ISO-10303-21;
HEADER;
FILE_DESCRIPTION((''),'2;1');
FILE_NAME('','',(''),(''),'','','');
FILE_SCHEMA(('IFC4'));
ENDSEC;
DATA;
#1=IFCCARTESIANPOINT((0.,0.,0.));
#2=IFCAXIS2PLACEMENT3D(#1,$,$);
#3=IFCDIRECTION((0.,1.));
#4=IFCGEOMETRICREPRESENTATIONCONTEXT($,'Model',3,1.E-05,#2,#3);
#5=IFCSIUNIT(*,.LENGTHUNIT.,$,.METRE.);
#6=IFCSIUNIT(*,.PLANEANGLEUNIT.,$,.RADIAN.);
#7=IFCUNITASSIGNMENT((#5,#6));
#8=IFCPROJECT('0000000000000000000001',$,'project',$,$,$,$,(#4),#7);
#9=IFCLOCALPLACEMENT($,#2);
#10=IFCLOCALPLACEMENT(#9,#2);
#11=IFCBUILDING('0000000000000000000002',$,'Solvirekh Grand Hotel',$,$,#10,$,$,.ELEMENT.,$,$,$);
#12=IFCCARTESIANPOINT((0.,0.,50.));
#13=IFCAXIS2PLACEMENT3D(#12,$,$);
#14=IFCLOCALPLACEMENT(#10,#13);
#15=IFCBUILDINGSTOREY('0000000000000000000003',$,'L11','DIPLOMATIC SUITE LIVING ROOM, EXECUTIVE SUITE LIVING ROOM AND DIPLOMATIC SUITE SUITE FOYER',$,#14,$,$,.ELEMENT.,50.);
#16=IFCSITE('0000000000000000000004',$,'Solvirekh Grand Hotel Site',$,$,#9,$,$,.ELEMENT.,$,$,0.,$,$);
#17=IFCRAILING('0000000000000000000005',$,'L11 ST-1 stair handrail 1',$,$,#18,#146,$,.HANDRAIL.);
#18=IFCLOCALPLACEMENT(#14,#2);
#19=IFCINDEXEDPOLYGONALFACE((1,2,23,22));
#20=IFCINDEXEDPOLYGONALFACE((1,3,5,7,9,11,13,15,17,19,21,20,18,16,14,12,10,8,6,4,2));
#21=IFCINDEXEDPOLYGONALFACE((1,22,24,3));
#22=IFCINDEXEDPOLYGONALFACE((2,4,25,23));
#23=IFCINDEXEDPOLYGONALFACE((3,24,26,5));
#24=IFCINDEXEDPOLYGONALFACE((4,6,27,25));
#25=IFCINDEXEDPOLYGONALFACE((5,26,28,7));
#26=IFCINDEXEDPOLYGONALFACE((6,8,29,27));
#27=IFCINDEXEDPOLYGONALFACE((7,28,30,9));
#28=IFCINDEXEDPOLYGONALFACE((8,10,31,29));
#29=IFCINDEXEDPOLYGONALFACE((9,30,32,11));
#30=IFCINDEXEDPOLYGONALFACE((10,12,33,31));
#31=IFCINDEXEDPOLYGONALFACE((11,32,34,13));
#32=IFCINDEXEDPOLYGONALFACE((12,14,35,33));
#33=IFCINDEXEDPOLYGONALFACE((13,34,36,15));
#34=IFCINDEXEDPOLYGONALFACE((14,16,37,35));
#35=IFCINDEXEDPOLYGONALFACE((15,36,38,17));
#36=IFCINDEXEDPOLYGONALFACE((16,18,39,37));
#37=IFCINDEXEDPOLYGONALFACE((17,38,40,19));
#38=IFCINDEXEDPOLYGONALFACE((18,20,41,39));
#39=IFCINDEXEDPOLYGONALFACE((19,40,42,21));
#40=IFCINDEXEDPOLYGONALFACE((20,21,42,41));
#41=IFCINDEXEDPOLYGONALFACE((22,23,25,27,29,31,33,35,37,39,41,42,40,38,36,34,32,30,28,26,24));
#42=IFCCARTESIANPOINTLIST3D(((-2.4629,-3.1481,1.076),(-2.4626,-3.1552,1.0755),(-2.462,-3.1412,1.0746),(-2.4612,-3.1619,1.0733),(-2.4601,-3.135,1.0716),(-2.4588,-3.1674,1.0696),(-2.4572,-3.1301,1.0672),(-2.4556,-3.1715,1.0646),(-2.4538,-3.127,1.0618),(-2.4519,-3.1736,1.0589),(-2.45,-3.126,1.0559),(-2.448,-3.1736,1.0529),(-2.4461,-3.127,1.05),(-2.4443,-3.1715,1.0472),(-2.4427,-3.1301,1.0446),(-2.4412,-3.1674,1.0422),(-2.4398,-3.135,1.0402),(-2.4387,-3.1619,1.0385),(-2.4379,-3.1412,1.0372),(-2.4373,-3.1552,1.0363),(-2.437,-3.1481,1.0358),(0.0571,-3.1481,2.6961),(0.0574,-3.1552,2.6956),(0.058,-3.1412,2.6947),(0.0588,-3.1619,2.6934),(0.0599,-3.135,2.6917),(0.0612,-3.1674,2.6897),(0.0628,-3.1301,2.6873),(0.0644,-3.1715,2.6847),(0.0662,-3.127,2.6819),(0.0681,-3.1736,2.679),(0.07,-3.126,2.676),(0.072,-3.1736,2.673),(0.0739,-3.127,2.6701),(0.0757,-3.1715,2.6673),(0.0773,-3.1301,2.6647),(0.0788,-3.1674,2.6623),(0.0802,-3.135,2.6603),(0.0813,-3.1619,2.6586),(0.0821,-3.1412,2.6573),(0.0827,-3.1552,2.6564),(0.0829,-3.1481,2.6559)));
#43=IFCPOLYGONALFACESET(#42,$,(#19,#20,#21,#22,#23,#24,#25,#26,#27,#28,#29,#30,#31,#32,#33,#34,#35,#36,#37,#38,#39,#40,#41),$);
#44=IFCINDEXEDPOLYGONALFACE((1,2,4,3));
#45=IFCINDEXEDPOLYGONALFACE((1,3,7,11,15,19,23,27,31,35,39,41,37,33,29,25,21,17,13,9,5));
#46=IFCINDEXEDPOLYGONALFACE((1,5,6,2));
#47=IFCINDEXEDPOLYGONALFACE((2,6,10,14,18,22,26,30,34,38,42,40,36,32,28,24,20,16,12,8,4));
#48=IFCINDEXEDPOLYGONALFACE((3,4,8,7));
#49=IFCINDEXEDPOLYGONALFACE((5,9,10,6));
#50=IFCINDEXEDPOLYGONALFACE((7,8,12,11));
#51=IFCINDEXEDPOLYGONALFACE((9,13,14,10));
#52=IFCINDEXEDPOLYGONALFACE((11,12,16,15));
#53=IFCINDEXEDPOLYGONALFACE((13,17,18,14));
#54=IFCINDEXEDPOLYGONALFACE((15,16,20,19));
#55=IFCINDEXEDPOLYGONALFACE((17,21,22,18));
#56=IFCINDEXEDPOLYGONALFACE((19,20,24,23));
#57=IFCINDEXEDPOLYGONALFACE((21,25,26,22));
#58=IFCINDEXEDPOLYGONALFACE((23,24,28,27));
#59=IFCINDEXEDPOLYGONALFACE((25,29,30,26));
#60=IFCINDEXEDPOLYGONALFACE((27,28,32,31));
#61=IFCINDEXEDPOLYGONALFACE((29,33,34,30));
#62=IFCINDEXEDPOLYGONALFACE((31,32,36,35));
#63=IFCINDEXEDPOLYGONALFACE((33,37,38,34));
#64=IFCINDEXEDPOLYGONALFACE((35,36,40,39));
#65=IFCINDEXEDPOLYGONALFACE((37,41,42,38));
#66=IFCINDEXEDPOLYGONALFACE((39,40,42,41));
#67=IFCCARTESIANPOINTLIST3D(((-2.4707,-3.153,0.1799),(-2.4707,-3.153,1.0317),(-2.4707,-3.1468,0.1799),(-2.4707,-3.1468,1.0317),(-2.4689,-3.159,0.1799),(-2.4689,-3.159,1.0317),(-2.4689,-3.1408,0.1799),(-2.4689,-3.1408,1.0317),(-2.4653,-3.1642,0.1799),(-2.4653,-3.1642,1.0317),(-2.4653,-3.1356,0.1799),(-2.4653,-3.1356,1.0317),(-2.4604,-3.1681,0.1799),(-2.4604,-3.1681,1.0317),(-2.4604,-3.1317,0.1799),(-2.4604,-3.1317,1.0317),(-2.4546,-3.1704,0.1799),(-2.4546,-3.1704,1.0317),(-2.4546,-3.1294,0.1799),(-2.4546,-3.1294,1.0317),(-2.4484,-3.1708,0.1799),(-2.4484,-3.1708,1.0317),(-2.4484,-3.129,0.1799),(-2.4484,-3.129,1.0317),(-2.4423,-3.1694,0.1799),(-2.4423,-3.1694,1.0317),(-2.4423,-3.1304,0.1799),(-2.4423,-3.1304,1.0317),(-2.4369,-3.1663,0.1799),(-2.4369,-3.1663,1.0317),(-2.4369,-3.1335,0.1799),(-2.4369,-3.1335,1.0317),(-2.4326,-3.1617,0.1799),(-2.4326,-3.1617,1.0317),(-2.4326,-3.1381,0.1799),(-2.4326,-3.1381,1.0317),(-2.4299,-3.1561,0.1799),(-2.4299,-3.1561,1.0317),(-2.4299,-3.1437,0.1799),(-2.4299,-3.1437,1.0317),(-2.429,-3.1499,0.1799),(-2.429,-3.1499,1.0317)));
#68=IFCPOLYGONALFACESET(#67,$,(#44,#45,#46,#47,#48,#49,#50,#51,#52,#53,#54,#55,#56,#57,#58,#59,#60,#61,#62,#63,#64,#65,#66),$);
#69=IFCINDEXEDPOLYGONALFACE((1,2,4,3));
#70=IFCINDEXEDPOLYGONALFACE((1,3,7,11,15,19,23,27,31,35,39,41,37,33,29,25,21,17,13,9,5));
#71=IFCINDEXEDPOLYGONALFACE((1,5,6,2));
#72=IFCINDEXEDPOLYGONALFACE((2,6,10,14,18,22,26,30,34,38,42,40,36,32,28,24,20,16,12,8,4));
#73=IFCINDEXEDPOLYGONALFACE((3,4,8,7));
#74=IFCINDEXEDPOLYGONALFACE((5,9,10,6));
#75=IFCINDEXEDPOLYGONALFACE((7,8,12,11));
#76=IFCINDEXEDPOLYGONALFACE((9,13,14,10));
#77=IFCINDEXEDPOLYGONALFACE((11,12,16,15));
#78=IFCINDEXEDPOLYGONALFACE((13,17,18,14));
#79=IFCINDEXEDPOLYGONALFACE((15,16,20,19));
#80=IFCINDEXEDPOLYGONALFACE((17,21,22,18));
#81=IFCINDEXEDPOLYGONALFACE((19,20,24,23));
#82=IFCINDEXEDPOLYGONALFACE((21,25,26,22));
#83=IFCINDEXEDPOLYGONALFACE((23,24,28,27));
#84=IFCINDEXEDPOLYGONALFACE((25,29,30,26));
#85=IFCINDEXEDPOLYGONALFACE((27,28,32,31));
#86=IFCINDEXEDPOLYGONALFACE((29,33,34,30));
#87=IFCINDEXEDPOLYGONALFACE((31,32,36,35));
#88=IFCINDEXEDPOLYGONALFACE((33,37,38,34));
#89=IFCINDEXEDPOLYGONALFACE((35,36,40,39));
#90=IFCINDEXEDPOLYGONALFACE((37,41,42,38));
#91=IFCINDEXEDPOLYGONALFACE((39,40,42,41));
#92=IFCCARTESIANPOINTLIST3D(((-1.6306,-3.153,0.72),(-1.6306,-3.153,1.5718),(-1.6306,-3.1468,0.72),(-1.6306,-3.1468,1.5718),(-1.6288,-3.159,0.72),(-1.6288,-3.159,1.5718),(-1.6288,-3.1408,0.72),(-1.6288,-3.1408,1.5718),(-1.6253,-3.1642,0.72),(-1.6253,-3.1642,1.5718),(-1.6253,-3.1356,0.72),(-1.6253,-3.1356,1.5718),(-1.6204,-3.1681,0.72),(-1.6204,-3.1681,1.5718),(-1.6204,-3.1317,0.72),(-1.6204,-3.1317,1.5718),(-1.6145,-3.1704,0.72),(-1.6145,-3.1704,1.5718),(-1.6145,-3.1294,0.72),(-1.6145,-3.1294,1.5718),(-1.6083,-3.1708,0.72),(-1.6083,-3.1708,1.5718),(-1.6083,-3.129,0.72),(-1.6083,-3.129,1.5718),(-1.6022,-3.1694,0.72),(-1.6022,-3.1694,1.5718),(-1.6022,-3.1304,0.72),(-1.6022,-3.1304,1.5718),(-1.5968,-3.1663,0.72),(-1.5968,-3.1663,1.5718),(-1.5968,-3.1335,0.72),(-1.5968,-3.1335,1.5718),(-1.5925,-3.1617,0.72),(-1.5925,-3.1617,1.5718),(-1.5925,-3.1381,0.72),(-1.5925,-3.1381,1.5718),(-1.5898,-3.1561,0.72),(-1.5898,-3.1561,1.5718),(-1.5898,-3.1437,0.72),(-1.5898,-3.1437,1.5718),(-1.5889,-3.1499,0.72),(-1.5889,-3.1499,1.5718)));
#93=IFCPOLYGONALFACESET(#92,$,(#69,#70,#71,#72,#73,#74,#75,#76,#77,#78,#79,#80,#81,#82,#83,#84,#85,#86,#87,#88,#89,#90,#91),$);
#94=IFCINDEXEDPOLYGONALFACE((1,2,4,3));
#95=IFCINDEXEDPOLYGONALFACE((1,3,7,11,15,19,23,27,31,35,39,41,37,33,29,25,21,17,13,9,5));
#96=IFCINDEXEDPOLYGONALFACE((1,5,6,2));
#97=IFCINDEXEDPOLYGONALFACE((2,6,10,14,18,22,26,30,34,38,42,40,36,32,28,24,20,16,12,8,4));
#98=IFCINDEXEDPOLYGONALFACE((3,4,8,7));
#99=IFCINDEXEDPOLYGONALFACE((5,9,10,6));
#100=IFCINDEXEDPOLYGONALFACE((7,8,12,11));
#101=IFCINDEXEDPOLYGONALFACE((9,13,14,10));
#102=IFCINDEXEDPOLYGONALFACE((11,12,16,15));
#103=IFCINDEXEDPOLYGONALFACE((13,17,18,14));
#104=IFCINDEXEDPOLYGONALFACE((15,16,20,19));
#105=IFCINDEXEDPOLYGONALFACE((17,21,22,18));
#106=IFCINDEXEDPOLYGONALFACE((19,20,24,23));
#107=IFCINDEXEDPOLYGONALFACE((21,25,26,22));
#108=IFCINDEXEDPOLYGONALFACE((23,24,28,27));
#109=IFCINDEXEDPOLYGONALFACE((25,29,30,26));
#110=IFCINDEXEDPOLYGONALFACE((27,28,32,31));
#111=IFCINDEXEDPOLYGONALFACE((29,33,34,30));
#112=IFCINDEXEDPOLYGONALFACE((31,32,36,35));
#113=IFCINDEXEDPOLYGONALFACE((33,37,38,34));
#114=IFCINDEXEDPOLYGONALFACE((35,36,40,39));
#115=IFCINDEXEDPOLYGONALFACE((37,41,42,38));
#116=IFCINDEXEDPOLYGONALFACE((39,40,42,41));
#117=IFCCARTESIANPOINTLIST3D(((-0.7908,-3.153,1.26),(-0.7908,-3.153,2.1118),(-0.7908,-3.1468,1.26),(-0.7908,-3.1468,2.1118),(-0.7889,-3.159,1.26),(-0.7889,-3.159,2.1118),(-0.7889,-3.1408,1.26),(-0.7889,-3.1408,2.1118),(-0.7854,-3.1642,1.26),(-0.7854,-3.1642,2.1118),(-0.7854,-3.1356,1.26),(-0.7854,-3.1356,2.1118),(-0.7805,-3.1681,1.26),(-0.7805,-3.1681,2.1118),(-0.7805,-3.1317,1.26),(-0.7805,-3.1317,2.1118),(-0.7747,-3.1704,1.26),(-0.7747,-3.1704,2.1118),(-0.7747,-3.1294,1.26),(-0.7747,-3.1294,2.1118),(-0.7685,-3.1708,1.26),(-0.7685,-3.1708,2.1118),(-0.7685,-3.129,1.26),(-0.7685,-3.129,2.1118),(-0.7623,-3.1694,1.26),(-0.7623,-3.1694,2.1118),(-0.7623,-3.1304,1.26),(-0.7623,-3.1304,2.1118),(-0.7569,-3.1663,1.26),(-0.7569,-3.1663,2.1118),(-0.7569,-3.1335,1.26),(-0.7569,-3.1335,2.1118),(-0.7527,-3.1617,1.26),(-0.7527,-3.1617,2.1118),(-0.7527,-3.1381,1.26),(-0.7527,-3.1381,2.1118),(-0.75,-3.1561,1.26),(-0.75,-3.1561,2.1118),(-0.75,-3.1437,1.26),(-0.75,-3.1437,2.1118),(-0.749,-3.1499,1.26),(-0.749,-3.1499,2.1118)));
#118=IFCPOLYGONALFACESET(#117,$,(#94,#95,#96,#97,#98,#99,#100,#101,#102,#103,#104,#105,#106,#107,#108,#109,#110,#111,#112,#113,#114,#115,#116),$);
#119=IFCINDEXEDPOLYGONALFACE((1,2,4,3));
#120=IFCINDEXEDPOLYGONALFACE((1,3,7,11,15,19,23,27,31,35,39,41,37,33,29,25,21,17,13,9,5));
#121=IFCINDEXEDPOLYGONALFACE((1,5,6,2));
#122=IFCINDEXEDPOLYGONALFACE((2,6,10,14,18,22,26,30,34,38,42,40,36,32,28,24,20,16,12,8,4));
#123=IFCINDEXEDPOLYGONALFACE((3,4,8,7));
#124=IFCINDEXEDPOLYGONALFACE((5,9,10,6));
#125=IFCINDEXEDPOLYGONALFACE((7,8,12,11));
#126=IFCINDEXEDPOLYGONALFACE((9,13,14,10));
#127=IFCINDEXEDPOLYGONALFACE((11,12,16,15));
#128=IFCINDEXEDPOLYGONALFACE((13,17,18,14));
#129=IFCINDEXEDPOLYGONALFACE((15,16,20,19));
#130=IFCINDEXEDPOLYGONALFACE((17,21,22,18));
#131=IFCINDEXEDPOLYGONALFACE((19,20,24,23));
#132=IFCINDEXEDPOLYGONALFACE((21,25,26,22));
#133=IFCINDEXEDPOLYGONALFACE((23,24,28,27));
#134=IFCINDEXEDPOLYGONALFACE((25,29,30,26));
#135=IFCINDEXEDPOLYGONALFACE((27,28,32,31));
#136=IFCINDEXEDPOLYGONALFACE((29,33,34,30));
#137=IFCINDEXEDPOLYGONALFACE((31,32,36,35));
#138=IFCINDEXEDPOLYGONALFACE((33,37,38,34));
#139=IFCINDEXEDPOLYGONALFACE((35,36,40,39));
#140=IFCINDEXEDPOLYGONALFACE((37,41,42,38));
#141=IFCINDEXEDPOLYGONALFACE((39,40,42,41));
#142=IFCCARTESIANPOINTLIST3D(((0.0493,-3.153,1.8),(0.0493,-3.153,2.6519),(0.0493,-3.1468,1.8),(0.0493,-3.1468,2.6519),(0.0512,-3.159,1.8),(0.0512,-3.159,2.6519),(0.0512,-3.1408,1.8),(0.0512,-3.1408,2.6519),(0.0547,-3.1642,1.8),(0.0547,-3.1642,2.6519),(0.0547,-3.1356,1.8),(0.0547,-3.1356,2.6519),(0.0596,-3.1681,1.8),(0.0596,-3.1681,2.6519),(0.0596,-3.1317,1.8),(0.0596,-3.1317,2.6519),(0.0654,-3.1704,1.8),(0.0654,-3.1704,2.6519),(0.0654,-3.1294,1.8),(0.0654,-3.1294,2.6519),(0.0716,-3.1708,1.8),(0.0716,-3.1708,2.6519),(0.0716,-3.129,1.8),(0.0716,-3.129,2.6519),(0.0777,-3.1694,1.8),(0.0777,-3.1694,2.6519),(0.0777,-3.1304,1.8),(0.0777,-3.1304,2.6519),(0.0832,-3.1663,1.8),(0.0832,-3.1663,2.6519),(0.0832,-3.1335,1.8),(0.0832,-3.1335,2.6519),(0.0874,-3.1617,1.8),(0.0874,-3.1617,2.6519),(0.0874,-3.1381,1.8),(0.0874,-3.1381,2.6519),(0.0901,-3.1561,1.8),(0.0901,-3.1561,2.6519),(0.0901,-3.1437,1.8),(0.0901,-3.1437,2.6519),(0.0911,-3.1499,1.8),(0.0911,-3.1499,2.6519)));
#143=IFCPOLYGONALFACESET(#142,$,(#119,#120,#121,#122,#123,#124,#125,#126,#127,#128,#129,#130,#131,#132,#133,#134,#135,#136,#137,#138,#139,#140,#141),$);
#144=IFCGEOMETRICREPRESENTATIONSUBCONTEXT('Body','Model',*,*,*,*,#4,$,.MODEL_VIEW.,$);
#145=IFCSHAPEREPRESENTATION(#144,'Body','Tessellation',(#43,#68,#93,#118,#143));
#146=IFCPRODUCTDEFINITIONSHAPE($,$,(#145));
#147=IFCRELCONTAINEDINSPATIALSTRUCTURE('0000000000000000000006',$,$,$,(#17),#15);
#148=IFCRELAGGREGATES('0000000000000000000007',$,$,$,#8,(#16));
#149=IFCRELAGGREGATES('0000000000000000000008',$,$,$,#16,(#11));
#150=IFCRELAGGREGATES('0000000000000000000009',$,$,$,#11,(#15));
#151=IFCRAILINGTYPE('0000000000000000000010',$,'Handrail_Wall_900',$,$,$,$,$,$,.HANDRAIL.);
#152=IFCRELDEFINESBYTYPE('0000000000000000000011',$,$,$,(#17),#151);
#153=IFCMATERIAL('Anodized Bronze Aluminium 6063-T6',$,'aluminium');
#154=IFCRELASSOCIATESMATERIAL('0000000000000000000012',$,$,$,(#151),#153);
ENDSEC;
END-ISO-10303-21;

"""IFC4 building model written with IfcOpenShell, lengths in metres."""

from ifc_helpers import new_model, si_unit, direction, frame, origin, origin_2d, place, context, subcontext, project, spatial, circle, extrude, material, type_object, element, save


model = new_model("IFC4")

# Units and contexts
model_context = context("Model", 3, precision=1e-05, world=origin(), true_north=direction((0.0, 1.0)))
body_context = subcontext(model_context, "Body", "Model", "MODEL_VIEW")
ifc_project = project(units=[si_unit("LENGTHUNIT", "METRE"), si_unit("PLANEANGLEUNIT", "RADIAN")], contexts=[model_context])

# Site, building, storey
site_placement = place(None, origin())
site = spatial("IfcSite", under=ifc_project, at=site_placement, Name="Solvirekh Grand Hotel Site", CompositionType="ELEMENT", RefElevation=0.0)
building_placement = place(site_placement, origin())
building = spatial("IfcBuilding", under=site, at=building_placement, Name="Solvirekh Grand Hotel", CompositionType="ELEMENT")
storey_placement = place(building_placement, frame((0.0, 0.0, 50.0)))
storey = spatial("IfcBuildingStorey", under=building, at=storey_placement, Name="L11", Description="DIPLOMATIC SUITE LIVING ROOM, EXECUTIVE SUITE LIVING ROOM AND DIPLOMATIC SUITE SUITE FOYER", CompositionType="ELEMENT", Elevation=50.0)

# Railing
ifc_material_1 = material(Name="Anodized Bronze Aluminium 6063-T6", Category="aluminium")
railing_type_1 = type_object("IfcRailingType", Name="Handrail_Wall_900", PredefinedType="HANDRAIL", material=ifc_material_1)
railing_1_placement = place(storey_placement, frame((-2.45, -3.1499, 0.1799)))
element("IfcRailing", 1, at=railing_1_placement, inside=storey, type_object=railing_type_1, Name="L11 ST-1 stair handrail 1", PredefinedType="HANDRAIL", context=body_context, shape_type="SweptSolid", body=[
    extrude(circle(Radius=0.0239, at=origin_2d()), frame((0.0, 0.0, 0.876), z_axis=(0.841163, 0.0, 0.540782), x_axis=(0.0, 1.0, 0.0)), (0.0, 0.0, 1.0), 2.9958),
    extrude(circle(Radius=0.021, at=origin_2d()), origin(), (0.0, 0.0, 1.0), 0.8518),
    extrude(circle(Radius=0.021, at=origin_2d()), frame((0.8401, 0.0, 0.54)), (0.0, 0.0, 1.0), 0.8518),
    extrude(circle(Radius=0.021, at=origin_2d()), frame((1.6799, 0.0, 1.0801)), (0.0, 0.0, 1.0), 0.8518),
    extrude(circle(Radius=0.021, at=origin_2d()), frame((2.52, 0.0, 1.6201)), (0.0, 0.0, 1.0), 0.8518),
])

save(model, "model.ifc")
